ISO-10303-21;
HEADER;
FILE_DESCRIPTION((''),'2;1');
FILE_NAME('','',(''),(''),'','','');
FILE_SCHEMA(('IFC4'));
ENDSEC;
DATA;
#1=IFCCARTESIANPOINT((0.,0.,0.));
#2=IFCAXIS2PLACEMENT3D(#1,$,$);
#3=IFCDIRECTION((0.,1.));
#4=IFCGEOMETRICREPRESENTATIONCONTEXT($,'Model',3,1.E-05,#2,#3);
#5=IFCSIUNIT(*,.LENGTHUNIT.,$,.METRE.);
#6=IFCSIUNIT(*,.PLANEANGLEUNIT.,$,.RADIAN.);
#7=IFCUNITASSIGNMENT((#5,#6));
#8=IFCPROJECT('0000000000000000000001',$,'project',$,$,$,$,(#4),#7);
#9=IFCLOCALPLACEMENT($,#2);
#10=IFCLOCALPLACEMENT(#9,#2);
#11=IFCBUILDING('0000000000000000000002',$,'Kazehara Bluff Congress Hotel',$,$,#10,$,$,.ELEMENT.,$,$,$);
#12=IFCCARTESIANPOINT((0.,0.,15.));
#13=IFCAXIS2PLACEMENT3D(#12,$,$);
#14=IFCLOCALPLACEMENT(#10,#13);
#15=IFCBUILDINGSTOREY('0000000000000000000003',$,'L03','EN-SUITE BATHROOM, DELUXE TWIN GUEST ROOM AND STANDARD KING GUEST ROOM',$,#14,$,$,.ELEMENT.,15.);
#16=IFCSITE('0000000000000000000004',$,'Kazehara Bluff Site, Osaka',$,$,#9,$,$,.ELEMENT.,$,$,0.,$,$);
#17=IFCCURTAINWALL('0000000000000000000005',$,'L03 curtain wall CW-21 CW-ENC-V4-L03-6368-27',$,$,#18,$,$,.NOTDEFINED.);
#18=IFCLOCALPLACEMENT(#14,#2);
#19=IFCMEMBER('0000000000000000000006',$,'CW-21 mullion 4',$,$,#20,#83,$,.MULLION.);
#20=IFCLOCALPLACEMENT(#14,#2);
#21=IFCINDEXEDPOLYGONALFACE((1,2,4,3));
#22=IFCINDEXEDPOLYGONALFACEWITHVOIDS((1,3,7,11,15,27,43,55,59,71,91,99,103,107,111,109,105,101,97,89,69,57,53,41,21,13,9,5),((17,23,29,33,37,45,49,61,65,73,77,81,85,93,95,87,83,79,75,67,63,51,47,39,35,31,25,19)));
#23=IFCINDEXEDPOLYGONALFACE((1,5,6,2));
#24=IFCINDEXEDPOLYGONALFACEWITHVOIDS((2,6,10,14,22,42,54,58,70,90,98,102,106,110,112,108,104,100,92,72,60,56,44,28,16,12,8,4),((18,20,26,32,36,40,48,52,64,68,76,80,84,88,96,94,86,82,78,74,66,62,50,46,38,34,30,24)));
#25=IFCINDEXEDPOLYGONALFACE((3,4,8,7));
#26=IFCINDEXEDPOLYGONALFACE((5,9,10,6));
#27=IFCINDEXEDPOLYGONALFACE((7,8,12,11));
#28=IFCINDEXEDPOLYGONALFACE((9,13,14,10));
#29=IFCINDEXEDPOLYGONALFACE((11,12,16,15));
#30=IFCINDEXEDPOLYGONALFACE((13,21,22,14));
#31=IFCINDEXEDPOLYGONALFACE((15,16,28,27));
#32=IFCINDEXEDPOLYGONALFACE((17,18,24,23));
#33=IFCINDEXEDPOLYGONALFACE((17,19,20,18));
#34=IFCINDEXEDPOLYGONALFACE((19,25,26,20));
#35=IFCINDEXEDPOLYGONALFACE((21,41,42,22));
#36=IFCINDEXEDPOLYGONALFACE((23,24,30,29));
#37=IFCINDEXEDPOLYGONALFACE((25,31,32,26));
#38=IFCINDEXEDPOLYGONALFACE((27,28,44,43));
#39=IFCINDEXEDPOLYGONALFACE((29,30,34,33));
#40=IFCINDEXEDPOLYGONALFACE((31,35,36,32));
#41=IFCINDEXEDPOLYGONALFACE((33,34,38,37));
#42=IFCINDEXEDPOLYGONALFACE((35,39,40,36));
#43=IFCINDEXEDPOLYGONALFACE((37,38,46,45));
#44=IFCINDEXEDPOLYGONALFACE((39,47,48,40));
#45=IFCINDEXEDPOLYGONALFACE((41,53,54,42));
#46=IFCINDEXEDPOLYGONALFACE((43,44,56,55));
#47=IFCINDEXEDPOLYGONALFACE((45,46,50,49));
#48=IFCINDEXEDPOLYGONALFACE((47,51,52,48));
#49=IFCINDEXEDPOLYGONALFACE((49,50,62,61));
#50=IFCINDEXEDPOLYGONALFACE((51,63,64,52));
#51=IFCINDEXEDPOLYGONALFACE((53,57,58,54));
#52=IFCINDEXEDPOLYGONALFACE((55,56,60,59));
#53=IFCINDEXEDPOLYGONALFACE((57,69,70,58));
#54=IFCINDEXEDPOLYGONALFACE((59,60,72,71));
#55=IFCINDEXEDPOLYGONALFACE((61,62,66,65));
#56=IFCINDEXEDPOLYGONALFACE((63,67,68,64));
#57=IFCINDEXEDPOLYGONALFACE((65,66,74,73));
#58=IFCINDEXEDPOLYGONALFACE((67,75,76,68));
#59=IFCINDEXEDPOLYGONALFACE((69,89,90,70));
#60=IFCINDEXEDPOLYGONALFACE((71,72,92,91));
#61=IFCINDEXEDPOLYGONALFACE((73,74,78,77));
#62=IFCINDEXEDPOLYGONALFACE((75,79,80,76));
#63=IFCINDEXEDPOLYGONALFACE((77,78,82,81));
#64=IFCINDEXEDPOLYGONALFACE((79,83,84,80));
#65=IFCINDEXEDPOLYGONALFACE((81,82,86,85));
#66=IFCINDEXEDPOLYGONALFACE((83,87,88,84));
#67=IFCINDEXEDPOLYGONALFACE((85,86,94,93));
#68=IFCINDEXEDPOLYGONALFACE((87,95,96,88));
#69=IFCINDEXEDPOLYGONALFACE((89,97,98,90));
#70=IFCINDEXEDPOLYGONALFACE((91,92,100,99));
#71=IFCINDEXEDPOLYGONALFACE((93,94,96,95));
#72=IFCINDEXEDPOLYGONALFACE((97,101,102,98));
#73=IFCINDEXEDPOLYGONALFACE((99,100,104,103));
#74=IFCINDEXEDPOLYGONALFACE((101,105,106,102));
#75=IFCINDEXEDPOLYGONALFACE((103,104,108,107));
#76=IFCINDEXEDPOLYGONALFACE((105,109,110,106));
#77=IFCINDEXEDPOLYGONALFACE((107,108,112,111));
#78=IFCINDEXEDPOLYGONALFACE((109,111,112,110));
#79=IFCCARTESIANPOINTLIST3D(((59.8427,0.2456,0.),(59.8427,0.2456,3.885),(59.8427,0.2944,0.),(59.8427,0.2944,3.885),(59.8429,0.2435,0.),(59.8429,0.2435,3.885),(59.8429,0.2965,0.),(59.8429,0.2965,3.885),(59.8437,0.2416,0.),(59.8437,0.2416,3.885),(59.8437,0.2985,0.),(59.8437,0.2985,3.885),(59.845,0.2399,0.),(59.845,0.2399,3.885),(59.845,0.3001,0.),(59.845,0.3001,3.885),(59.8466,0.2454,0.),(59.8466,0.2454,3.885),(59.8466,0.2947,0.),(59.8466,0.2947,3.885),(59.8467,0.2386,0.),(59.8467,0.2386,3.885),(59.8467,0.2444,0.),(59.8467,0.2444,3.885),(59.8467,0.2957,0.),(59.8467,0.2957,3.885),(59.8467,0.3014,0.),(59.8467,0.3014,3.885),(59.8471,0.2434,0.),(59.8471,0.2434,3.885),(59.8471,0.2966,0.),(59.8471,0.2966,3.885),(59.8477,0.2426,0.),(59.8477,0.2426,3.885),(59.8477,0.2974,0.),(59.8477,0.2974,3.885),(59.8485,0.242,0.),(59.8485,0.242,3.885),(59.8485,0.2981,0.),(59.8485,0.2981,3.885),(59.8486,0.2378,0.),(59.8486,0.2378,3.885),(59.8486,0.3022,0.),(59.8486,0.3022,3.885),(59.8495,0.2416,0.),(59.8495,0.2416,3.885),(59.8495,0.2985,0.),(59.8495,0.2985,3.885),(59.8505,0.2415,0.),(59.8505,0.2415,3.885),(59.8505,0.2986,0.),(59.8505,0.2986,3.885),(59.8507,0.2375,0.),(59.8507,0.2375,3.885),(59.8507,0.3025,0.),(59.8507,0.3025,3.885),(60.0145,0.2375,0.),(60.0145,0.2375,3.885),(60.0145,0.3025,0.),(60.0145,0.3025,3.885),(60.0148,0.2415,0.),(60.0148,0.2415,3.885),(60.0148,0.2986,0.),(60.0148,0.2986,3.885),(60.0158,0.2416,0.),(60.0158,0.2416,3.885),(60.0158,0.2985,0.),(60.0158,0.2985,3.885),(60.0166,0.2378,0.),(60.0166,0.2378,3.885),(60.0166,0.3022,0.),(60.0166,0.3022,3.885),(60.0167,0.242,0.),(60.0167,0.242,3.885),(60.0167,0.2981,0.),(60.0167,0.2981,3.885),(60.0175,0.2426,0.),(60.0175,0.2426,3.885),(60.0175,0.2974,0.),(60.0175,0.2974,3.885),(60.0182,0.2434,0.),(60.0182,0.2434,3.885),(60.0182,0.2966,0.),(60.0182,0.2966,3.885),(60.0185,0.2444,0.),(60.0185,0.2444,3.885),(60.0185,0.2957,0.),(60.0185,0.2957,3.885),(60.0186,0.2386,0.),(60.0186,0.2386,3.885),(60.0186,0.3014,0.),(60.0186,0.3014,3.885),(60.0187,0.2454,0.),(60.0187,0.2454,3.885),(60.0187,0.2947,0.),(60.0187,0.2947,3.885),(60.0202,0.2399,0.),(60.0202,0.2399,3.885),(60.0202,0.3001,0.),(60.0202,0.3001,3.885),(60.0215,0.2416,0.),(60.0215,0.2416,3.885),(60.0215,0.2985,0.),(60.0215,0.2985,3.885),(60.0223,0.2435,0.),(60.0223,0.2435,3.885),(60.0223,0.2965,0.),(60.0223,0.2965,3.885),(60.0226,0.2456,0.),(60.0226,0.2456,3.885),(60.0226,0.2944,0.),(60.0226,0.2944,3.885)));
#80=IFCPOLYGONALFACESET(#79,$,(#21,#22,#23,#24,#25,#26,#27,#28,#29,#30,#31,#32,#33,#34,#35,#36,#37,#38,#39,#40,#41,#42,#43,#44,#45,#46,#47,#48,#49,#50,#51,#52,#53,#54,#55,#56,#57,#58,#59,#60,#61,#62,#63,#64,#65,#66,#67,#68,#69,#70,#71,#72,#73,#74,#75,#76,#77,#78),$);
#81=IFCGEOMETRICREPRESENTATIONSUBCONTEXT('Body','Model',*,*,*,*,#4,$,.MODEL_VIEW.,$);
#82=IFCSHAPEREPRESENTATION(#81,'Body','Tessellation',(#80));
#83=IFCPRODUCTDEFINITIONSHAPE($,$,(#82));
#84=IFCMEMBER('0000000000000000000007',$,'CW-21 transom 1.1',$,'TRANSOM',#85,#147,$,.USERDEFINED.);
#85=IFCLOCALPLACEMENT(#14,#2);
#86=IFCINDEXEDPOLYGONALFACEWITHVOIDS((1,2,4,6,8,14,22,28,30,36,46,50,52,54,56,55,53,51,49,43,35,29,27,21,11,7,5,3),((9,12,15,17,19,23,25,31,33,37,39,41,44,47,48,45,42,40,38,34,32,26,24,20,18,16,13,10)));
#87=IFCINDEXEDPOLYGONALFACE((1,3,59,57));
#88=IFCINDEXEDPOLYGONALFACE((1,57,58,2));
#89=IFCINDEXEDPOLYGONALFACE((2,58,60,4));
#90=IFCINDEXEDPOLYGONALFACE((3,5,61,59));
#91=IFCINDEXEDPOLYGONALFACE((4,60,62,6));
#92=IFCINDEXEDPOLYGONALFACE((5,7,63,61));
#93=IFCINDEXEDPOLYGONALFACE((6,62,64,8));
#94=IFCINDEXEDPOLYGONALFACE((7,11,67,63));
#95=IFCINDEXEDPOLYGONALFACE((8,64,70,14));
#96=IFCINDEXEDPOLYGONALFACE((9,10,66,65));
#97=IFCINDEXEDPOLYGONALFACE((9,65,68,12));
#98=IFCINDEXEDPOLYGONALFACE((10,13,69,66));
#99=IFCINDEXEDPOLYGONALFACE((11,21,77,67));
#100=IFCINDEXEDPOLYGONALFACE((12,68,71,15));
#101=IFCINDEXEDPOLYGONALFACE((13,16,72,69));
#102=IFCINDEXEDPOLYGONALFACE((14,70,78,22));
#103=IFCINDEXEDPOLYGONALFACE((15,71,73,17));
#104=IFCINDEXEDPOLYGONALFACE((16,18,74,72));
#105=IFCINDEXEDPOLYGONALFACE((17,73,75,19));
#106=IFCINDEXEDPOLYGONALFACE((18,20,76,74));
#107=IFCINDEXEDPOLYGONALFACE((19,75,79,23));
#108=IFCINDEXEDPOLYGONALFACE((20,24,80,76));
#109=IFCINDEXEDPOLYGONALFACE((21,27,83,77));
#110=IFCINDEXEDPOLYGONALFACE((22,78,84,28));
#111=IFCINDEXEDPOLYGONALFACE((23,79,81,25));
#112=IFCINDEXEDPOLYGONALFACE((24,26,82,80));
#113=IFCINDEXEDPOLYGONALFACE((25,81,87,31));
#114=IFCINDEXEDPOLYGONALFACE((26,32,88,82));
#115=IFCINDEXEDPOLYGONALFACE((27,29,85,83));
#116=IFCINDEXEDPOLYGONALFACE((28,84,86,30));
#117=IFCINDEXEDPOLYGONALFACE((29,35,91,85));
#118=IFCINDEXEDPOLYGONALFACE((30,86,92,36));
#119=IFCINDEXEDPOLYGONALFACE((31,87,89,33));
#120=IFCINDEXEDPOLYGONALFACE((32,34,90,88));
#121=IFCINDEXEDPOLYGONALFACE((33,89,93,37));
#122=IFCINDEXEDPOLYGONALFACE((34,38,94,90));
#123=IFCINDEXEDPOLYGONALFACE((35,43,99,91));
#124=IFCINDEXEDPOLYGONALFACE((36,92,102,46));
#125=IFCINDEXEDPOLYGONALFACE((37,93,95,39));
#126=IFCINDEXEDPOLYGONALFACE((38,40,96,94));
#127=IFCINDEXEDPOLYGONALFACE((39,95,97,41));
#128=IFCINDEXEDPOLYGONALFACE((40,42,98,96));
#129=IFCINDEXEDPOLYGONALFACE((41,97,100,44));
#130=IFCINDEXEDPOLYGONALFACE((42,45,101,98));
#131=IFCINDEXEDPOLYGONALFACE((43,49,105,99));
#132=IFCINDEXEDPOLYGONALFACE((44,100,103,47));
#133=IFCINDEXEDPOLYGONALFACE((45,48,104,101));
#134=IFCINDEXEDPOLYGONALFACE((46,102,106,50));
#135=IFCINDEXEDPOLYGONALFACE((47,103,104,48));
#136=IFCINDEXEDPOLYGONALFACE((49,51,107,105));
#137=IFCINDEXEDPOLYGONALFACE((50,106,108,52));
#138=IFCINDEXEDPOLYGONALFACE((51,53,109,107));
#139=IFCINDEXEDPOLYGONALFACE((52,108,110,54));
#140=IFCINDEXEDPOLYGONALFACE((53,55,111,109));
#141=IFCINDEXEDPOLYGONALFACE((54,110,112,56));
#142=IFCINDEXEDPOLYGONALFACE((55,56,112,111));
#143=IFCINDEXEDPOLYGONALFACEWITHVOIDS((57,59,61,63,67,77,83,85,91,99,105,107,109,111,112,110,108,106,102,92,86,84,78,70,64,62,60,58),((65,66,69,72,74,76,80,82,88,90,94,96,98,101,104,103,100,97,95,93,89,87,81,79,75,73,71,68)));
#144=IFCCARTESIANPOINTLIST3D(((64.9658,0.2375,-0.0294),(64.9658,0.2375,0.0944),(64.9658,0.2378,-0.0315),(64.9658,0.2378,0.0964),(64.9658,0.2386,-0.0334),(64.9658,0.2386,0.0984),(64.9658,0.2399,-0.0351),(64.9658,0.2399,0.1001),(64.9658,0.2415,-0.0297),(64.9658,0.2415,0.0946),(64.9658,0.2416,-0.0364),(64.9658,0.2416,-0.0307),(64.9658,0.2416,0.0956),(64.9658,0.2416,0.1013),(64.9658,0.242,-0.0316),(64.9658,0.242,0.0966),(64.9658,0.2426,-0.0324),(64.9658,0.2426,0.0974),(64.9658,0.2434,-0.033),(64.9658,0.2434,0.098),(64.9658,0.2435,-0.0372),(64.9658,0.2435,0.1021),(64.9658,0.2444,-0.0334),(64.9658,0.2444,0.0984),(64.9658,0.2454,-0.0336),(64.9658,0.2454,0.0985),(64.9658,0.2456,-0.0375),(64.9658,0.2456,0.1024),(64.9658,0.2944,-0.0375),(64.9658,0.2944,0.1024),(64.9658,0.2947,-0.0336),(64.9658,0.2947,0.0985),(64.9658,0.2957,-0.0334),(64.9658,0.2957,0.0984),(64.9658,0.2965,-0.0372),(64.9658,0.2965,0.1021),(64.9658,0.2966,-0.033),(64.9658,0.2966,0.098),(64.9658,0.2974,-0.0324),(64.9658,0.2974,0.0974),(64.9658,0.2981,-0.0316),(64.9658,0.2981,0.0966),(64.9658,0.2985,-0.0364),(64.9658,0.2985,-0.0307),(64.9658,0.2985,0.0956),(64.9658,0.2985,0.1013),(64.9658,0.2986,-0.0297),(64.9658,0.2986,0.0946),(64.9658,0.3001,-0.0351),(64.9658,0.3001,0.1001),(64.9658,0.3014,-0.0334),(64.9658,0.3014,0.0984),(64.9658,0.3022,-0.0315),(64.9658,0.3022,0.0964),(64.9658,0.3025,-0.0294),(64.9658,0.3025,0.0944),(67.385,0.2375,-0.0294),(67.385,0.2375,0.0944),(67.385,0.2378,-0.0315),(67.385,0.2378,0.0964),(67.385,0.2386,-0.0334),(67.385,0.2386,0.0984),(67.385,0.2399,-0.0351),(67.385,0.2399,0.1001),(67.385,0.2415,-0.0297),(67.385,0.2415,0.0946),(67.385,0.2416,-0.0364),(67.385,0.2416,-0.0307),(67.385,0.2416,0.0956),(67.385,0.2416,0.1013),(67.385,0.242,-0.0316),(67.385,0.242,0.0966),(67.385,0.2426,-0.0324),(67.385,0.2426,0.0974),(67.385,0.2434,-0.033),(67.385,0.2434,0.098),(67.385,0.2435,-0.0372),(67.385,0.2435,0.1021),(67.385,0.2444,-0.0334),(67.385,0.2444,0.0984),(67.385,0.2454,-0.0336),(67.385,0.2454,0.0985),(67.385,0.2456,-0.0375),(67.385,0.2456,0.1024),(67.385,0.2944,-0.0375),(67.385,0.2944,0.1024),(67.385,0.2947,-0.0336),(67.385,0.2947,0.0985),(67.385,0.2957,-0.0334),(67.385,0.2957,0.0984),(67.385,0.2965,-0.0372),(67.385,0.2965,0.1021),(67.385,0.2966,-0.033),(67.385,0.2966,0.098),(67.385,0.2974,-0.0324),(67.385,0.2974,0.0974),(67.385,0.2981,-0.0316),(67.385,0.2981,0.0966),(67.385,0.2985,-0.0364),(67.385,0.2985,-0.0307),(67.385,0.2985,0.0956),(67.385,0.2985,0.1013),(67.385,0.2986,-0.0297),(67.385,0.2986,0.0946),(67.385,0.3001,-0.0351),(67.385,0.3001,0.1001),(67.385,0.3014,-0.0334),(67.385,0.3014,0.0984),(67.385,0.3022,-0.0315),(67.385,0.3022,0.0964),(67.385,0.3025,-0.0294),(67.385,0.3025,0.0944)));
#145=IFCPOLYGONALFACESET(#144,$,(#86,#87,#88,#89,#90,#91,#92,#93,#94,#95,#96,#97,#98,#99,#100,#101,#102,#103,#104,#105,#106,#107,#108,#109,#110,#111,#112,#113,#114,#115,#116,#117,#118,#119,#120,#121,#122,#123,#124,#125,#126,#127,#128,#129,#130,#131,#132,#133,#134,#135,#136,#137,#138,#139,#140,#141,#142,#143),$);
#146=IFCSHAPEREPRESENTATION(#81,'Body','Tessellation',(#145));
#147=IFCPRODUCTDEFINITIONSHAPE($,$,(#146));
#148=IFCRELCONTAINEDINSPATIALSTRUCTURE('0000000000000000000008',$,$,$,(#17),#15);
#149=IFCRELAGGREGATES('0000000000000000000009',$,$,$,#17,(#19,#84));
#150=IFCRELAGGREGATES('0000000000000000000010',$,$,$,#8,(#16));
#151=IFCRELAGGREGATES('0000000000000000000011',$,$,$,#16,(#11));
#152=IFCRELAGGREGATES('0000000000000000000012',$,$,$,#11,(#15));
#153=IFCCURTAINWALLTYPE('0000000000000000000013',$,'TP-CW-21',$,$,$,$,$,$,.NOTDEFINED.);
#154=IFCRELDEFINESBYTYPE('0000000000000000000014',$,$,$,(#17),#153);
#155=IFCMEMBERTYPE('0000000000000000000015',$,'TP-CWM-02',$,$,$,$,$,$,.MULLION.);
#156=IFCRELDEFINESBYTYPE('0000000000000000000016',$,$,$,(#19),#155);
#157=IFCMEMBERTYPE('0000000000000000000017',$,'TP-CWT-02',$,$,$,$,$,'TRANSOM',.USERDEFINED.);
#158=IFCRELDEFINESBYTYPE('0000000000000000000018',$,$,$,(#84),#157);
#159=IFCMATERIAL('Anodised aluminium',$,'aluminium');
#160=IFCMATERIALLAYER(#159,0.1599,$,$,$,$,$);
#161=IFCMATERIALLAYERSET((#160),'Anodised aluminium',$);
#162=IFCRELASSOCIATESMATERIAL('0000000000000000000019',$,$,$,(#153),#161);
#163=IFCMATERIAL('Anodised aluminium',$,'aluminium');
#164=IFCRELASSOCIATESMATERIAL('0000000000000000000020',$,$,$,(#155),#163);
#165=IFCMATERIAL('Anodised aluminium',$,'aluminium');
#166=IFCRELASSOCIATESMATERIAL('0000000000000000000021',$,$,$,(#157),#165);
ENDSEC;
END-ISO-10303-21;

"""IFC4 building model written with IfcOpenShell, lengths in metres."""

from ifc_helpers import new_model, si_unit, direction, frame, origin, origin_2d, place, context, subcontext, project, spatial, hollow_rectangle, extrude, material, layer, layer_set, material_profile, profile_set, type_object, element, aggregate, save


model = new_model("IFC4")

# Units and contexts
model_context = context("Model", 3, precision=1e-05, world=origin(), true_north=direction((0.0, 1.0)))
body_context = subcontext(model_context, "Body", "Model", "MODEL_VIEW")
ifc_project = project(units=[si_unit("LENGTHUNIT", "METRE"), si_unit("PLANEANGLEUNIT", "RADIAN")], contexts=[model_context])

# Site, building, storey
site_placement = place(None, origin())
site = spatial("IfcSite", under=ifc_project, at=site_placement, Name="Kazehara Bluff Site, Osaka", CompositionType="ELEMENT", RefElevation=0.0)
building_placement = place(site_placement, origin())
building = spatial("IfcBuilding", under=site, at=building_placement, Name="Kazehara Bluff Congress Hotel", CompositionType="ELEMENT")
storey_placement = place(building_placement, frame((0.0, 0.0, 15.0)))
storey = spatial("IfcBuildingStorey", under=building, at=storey_placement, Name="L03", Description="EN-SUITE BATHROOM, DELUXE TWIN GUEST ROOM AND STANDARD KING GUEST ROOM", CompositionType="ELEMENT", Elevation=15.0)

# Curtain wall, members
ifc_material_1 = material(Name="Anodised aluminium", Category="aluminium")
ifc_layer_1 = layer(ifc_material_1, 0.1599)
ifc_layer_set_1 = layer_set([ifc_layer_1], Name="Anodised aluminium")
curtain_wall_type = type_object("IfcCurtainWallType", Name="TP-CW-21", PredefinedType="NOTDEFINED", material=ifc_layer_set_1)
curtain_wall_placement = place(storey_placement, origin())
curtain_wall = element("IfcCurtainWall", 1, at=curtain_wall_placement, inside=storey, type_object=curtain_wall_type, Name="L03 curtain wall CW-21 CW-ENC-V4-L03-6368-27", PredefinedType="NOTDEFINED")
ifc_material_2 = material(Name="Anodised aluminium", Category="aluminium")
ifc_material_profile_1 = material_profile(ifc_material_2, hollow_rectangle(XDim=0.0649, YDim=0.1799, WallThickness=0.0039, InnerFilletRadius=0.0039, OuterFilletRadius=0.0081, at=origin_2d()))
ifc_profile_set_1 = profile_set([ifc_material_profile_1], Name="Anodised aluminium")
member_type_1 = type_object("IfcMemberType", Name="TP-CWM-02", PredefinedType="MULLION", material=ifc_profile_set_1)
member_1_placement = place(storey_placement, frame((59.9326, 0.27, 0.0), z_axis=(0.0, 0.0, 1.0), x_axis=(0.0, -1.0, 0.0)))
member_1 = element("IfcMember", 2, at=member_1_placement, type_object=member_type_1, Name="CW-21 mullion 4", PredefinedType="MULLION", context=body_context, shape_type="SweptSolid", body=[
    extrude(hollow_rectangle(XDim=0.0649, YDim=0.1799, WallThickness=0.0039, InnerFilletRadius=0.0039, OuterFilletRadius=0.0081, at=origin_2d()), origin(), (0.0, 0.0, 1.0), 3.885),
])
ifc_material_3 = material(Name="Anodised aluminium", Category="aluminium")
ifc_material_profile_2 = material_profile(ifc_material_3, hollow_rectangle(XDim=0.0649, YDim=0.1399, WallThickness=0.0039, InnerFilletRadius=0.0039, OuterFilletRadius=0.0081, at=origin_2d()))
ifc_profile_set_2 = profile_set([ifc_material_profile_2], Name="Anodised aluminium")
member_type_2 = type_object("IfcMemberType", Name="TP-CWT-02", ElementType="TRANSOM", PredefinedType="USERDEFINED", material=ifc_profile_set_2)
member_2_placement = place(storey_placement, frame((67.385, 0.27, 0.0325), z_axis=(-1.0, 0.0, 0.0), x_axis=(0.0, -1.0, 0.0)))
member_2 = element("IfcMember", 3, at=member_2_placement, type_object=member_type_2, Name="CW-21 transom 1.1", ObjectType="TRANSOM", PredefinedType="USERDEFINED", context=body_context, shape_type="SweptSolid", body=[
    extrude(hollow_rectangle(XDim=0.0649, YDim=0.1399, WallThickness=0.0039, InnerFilletRadius=0.0039, OuterFilletRadius=0.0081, at=origin_2d()), origin(), (0.0, 0.0, 1.0), 2.4192),
])

aggregate(curtain_wall, [member_1, member_2])

save(model, "model.ifc")
